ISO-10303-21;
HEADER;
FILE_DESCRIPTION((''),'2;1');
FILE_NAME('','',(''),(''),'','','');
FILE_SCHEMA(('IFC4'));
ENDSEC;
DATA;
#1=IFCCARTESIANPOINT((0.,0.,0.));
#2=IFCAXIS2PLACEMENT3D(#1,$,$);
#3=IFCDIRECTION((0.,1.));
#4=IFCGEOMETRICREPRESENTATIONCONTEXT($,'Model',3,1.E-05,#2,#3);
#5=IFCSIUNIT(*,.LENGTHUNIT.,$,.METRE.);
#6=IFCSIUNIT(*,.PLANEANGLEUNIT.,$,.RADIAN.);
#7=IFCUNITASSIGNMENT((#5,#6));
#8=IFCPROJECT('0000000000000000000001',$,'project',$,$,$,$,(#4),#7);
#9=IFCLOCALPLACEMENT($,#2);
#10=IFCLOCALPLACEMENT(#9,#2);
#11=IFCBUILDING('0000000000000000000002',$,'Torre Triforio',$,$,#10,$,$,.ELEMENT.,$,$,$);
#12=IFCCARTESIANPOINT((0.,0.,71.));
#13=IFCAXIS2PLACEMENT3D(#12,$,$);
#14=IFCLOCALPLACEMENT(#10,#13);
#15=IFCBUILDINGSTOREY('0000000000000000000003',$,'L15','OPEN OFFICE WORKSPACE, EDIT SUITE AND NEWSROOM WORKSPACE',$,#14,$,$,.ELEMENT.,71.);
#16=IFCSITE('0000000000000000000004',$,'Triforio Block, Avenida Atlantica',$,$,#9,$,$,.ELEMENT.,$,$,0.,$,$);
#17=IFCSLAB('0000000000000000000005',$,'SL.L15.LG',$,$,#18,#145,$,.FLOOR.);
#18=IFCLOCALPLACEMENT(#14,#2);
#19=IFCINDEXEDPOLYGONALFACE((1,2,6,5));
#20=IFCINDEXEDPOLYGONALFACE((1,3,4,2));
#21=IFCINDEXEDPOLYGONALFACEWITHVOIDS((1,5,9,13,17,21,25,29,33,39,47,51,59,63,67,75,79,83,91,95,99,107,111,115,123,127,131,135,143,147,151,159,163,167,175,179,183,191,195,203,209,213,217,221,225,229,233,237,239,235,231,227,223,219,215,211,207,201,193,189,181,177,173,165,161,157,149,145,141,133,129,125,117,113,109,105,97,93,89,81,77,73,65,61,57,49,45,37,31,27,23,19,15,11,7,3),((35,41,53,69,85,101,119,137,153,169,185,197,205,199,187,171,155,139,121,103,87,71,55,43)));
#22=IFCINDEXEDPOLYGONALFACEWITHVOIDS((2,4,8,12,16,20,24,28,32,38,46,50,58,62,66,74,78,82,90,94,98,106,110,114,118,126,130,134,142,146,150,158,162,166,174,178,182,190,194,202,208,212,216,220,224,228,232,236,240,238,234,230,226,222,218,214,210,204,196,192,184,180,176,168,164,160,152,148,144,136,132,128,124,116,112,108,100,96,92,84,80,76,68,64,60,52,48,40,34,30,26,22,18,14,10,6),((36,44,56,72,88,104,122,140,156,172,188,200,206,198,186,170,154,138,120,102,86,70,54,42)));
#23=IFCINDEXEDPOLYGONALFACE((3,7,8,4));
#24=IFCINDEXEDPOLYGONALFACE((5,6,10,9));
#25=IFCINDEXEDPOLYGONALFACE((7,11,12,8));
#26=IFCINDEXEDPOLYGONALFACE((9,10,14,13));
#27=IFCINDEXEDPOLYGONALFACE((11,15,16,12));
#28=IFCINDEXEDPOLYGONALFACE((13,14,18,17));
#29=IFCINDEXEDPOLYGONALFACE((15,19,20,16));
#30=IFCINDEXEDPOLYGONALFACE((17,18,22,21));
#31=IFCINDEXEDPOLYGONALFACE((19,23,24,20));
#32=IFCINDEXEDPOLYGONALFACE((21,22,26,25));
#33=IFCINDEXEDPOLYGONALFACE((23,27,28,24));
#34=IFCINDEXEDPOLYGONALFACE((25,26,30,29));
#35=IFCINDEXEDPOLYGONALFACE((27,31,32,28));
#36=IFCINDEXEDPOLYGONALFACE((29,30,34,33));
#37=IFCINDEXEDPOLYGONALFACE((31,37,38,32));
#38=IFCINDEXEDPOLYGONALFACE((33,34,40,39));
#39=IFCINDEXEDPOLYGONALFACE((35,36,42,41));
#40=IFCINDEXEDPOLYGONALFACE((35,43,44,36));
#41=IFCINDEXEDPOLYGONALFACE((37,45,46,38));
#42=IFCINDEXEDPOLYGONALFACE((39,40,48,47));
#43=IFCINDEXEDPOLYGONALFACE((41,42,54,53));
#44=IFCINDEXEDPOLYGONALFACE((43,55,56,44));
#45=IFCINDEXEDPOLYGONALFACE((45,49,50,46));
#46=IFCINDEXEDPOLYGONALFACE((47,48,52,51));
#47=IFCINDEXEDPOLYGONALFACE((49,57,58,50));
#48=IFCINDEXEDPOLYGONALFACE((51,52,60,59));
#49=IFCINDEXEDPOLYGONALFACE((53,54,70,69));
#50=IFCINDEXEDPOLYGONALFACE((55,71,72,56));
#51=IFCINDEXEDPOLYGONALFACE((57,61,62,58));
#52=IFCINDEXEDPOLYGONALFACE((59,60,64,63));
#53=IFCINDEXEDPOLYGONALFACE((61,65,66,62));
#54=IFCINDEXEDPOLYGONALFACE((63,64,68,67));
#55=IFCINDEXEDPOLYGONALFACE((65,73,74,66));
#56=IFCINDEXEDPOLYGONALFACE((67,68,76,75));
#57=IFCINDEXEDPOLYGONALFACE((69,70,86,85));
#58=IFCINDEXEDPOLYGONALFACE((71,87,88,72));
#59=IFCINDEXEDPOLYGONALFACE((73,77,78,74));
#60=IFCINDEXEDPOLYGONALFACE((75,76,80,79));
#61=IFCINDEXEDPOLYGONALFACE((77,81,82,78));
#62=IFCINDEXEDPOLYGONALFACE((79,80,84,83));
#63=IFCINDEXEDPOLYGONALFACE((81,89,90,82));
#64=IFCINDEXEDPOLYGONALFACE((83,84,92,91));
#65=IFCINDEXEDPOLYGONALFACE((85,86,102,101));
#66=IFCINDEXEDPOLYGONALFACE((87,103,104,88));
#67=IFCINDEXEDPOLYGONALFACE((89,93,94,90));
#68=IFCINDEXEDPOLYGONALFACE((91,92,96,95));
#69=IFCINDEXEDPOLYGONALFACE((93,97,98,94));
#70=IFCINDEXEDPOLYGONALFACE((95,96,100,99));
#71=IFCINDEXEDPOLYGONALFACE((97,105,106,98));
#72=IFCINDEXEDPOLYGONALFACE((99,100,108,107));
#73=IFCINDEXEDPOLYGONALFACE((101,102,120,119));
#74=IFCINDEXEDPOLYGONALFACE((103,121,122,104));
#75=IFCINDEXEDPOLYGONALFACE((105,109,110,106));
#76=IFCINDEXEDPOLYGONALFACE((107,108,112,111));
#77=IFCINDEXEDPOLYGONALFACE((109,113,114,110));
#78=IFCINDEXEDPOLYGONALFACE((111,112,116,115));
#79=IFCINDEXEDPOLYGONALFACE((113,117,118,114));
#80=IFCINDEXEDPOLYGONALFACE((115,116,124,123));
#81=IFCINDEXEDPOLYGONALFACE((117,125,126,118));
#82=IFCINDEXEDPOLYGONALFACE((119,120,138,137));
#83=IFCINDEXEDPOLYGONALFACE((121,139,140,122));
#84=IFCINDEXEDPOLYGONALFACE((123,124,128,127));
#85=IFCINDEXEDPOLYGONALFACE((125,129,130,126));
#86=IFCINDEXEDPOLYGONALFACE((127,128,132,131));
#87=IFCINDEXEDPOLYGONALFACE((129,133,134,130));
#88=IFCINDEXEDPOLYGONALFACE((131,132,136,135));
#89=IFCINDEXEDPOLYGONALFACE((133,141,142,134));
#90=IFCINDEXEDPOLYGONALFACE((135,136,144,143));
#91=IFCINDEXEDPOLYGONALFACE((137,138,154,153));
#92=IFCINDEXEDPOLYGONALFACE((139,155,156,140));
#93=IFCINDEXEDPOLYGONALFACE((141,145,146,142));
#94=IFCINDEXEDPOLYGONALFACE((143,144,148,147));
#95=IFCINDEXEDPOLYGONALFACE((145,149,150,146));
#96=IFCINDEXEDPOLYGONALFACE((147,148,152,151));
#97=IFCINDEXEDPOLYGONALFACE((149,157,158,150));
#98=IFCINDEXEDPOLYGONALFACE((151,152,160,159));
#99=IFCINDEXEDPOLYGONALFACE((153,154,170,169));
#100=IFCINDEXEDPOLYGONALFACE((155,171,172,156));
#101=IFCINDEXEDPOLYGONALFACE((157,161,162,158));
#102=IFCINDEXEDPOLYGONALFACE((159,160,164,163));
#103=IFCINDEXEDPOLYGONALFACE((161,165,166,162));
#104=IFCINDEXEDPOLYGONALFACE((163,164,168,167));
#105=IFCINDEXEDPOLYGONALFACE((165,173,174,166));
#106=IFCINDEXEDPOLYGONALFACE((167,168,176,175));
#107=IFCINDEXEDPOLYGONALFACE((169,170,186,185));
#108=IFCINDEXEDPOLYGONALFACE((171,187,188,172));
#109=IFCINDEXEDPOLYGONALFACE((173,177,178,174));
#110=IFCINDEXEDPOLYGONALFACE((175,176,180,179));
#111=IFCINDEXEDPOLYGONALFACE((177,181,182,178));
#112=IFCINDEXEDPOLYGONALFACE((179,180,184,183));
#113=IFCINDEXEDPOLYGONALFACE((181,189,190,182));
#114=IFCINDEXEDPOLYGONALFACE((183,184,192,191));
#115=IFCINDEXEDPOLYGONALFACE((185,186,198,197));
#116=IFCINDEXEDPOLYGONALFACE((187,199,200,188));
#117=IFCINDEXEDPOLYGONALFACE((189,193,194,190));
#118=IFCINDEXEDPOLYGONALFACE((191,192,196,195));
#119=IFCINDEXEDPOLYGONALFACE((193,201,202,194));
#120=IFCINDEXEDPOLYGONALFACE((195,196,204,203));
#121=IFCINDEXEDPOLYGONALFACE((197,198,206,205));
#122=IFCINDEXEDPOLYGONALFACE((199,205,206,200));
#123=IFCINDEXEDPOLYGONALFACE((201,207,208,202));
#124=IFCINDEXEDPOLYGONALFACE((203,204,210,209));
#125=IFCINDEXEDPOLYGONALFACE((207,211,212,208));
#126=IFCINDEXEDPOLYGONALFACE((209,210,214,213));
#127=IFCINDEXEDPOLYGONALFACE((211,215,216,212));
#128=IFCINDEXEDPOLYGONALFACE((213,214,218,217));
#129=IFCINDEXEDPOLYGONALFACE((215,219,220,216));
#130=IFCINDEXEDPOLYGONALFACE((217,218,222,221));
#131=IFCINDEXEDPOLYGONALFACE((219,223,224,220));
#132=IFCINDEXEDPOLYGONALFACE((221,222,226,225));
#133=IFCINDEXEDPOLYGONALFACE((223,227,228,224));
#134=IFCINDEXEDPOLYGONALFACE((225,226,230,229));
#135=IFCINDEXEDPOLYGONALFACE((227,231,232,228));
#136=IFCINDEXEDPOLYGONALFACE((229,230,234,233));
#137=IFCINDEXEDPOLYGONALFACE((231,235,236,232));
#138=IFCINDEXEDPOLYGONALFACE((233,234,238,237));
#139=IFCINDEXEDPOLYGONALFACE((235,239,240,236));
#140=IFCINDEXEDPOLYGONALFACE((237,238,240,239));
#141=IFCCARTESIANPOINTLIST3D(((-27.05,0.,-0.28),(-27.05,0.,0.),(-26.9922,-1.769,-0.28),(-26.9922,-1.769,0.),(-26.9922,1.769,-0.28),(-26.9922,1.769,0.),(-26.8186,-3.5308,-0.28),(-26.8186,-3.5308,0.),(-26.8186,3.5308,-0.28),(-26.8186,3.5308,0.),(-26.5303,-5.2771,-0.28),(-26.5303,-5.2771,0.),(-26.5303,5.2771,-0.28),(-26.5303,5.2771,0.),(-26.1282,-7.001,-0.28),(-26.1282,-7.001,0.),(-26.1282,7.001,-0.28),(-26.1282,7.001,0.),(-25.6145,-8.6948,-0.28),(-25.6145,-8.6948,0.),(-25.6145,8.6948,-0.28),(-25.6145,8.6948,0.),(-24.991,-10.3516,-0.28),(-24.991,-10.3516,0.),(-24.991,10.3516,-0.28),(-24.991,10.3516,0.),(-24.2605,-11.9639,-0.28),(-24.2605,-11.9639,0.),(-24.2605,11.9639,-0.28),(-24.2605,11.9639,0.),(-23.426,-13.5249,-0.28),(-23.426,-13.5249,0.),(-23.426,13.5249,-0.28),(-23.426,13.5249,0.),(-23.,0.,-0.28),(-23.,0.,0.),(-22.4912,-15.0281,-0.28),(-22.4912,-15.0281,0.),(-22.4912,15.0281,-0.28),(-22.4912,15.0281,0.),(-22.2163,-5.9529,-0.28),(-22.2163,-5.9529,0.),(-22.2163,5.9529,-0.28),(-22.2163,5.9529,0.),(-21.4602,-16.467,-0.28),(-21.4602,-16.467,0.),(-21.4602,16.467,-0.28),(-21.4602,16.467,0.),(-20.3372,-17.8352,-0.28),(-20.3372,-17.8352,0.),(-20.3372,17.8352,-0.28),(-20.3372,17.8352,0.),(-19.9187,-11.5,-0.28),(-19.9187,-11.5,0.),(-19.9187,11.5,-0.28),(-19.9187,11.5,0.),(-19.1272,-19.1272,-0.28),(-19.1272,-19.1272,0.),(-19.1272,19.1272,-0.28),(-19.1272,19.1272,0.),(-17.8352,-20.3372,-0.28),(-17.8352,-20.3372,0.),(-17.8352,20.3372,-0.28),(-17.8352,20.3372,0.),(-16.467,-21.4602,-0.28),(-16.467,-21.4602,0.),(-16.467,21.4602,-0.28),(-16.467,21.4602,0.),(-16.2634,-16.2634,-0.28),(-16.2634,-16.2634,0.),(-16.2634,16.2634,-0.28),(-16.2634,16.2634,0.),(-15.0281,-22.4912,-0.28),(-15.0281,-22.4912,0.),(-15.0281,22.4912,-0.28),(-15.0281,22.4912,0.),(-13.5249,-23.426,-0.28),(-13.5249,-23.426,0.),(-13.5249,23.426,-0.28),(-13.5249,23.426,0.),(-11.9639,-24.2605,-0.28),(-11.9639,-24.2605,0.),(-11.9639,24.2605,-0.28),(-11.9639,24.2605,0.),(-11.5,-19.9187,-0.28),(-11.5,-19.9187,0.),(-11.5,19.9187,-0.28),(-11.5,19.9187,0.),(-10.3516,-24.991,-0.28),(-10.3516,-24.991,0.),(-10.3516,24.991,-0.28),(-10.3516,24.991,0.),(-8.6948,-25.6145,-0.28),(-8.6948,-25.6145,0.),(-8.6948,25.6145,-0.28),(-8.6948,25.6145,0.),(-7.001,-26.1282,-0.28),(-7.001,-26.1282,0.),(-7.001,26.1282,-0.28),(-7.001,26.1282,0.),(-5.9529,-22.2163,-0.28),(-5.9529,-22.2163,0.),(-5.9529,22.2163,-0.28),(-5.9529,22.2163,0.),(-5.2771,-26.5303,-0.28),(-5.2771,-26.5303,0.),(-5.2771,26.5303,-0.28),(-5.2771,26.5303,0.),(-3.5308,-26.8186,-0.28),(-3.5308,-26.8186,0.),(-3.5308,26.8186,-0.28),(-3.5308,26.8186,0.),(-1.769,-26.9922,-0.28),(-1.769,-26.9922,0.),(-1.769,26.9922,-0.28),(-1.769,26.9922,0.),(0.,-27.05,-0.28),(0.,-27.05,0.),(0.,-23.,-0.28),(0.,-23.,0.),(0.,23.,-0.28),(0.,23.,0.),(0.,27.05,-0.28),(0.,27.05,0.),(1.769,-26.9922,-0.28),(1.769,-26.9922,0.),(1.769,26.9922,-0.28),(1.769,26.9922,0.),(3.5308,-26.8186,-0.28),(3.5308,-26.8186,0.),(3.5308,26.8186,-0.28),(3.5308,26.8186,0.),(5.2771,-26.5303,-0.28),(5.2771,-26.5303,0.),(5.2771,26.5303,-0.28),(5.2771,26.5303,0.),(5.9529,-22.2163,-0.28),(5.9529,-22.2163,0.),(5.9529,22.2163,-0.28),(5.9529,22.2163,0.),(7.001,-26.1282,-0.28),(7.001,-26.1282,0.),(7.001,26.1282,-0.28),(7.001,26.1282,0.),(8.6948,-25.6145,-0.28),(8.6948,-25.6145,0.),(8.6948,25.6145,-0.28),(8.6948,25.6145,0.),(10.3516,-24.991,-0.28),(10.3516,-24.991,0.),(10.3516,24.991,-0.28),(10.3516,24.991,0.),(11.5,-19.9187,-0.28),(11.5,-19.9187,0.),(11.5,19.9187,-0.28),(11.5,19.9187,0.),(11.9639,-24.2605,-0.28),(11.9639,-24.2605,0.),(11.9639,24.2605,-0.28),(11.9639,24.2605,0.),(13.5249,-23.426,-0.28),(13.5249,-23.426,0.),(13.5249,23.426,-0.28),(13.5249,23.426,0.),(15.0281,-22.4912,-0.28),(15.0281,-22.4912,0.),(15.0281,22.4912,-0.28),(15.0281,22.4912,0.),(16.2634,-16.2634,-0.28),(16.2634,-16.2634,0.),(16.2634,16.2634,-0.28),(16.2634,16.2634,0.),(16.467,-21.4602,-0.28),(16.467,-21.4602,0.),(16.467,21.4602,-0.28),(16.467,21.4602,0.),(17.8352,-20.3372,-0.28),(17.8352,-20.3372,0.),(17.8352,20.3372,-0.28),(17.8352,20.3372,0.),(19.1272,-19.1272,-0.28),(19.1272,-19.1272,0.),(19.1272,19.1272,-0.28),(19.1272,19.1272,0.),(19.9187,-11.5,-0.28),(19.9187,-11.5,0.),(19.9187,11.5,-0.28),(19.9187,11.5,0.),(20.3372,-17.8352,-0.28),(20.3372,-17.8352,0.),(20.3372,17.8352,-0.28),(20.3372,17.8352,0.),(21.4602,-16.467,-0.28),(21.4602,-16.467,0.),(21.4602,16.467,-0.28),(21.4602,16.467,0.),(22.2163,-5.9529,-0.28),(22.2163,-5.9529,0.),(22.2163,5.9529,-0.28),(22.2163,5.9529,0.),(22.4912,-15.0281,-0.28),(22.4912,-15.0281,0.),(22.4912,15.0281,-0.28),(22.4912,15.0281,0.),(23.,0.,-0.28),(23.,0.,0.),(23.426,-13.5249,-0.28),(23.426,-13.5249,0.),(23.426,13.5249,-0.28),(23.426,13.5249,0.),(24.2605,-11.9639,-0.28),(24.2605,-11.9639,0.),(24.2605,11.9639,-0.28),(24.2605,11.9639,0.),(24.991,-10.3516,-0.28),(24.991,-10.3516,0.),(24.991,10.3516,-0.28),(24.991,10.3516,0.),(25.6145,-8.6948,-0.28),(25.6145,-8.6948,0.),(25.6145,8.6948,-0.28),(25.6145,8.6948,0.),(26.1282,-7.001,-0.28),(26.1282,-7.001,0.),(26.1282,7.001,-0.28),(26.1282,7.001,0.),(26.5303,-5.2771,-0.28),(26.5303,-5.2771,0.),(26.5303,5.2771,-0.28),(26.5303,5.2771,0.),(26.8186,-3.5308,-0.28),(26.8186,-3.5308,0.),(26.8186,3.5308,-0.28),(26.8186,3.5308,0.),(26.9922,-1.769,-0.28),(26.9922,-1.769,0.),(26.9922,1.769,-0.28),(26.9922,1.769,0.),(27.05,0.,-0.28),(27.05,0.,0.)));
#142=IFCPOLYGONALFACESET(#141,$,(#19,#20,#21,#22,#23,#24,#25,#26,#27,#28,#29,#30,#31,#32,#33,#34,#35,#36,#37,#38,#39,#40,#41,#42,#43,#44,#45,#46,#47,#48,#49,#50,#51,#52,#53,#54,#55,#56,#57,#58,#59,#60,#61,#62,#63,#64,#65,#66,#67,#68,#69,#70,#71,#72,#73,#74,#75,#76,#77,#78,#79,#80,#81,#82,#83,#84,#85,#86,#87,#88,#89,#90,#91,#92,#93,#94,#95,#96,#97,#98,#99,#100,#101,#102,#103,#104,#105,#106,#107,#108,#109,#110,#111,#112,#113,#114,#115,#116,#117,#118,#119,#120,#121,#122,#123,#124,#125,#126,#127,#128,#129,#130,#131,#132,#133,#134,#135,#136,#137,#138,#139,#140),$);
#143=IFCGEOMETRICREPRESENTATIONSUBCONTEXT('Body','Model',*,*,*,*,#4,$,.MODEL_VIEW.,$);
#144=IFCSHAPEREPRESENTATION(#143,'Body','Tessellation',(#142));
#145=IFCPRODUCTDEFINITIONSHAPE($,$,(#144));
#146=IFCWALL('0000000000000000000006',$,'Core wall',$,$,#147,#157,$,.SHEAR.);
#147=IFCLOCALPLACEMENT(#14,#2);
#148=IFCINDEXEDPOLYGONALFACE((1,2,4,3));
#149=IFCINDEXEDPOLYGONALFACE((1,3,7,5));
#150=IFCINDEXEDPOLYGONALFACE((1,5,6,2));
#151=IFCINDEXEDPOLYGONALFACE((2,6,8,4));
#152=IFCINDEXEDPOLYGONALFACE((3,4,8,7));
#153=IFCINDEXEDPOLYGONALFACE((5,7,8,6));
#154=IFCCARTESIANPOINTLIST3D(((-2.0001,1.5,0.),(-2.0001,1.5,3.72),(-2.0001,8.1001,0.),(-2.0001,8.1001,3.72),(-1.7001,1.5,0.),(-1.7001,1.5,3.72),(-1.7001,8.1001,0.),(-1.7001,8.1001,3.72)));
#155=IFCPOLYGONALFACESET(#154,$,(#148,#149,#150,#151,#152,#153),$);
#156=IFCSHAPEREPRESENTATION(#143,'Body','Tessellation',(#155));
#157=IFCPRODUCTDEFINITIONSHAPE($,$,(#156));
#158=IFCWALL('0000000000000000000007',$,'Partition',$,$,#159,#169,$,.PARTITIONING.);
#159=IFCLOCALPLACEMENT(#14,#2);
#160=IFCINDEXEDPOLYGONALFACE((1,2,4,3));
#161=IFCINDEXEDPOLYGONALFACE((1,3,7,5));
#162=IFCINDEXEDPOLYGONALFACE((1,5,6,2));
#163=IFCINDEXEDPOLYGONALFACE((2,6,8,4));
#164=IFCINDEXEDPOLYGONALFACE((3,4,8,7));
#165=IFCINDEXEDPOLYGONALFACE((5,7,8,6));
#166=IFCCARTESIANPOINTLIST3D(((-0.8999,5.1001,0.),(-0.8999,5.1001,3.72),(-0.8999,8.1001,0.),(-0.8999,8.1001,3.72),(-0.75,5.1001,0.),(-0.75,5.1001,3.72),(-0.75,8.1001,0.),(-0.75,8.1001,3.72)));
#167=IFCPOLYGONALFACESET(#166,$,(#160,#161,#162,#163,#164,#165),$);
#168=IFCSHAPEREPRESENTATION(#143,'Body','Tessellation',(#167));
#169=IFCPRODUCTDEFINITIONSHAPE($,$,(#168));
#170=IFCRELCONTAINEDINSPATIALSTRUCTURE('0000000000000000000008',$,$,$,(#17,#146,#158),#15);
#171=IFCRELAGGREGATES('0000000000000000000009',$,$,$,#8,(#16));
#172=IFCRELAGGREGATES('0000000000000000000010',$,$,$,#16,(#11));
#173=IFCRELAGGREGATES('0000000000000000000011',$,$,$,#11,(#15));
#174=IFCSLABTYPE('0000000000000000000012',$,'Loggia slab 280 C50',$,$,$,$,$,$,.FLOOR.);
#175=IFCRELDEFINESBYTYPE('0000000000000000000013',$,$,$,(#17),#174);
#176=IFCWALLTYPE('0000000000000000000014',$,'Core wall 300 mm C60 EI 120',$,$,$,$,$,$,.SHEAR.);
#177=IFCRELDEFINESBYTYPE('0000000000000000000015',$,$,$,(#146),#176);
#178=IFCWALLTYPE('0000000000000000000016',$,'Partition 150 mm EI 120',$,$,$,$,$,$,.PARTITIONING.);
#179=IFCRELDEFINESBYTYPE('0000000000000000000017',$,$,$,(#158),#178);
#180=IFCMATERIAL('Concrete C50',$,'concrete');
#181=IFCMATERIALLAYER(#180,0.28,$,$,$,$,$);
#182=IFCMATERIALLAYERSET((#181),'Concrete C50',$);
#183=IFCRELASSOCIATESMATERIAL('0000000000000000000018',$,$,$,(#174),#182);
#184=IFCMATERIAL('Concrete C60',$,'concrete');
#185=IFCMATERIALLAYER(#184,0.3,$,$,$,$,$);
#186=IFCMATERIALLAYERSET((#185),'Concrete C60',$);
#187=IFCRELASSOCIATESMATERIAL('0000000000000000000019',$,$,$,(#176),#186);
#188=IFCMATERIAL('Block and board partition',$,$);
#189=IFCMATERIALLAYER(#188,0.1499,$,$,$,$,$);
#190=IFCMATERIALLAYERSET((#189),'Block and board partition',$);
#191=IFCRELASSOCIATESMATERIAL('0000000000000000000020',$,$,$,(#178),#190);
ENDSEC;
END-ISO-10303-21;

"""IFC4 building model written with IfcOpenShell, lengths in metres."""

from ifc_helpers import new_model, si_unit, direction, frame, frame_2d, origin, place, context, subcontext, project, spatial, polyline, rectangle, outline, extrude, material, layer, layer_set, type_object, element, save


model = new_model("IFC4")

# Units and contexts
model_context = context("Model", 3, precision=1e-05, world=origin(), true_north=direction((0.0, 1.0)))
body_context = subcontext(model_context, "Body", "Model", "MODEL_VIEW")
ifc_project = project(units=[si_unit("LENGTHUNIT", "METRE"), si_unit("PLANEANGLEUNIT", "RADIAN")], contexts=[model_context])

# Site, building, storey
site_placement = place(None, origin())
site = spatial("IfcSite", under=ifc_project, at=site_placement, Name="Triforio Block, Avenida Atlantica", CompositionType="ELEMENT", RefElevation=0.0)
building_placement = place(site_placement, origin())
building = spatial("IfcBuilding", under=site, at=building_placement, Name="Torre Triforio", CompositionType="ELEMENT")
storey_placement = place(building_placement, frame((0.0, 0.0, 71.0)))
storey = spatial("IfcBuildingStorey", under=building, at=storey_placement, Name="L15", Description="OPEN OFFICE WORKSPACE, EDIT SUITE AND NEWSROOM WORKSPACE", CompositionType="ELEMENT", Elevation=71.0)

# Slab
ifc_material_1 = material(Name="Concrete C50", Category="concrete")
ifc_layer_1 = layer(ifc_material_1, 0.28)
ifc_layer_set_1 = layer_set([ifc_layer_1], Name="Concrete C50")
slab_type_1 = type_object("IfcSlabType", Name="Loggia slab 280 C50", PredefinedType="FLOOR", material=ifc_layer_set_1)
slab_1_placement = place(storey_placement, frame((0.0, 0.0, -0.28)))
element("IfcSlab", 1, at=slab_1_placement, inside=storey, type_object=slab_type_1, Name="SL.L15.LG", PredefinedType="FLOOR", context=body_context, shape_type="SweptSolid", body=[
    extrude(outline(polyline([(26.9922, -1.769), (27.05, 0.0), (26.9922, 1.769), (26.8186, 3.5308), (26.5303, 5.2771), (26.1282, 7.001), (25.6145, 8.6948), (24.991, 10.3516), (24.2605, 11.9639), (23.426, 13.5249), (22.4912, 15.0281), (21.4602, 16.467), (20.3372, 17.8352), (19.1272, 19.1272), (17.8352, 20.3372), (16.467, 21.4602), (15.0281, 22.4912), (13.5249, 23.426), (11.9639, 24.2605), (10.3516, 24.991), (8.6948, 25.6145), (7.001, 26.1282), (5.2771, 26.5303), (3.5308, 26.8186), (1.769, 26.9922), (0.0, 27.05), (-1.769, 26.9922), (-3.5308, 26.8186), (-5.2771, 26.5303), (-7.001, 26.1282), (-8.6948, 25.6145), (-10.3516, 24.991), (-11.9639, 24.2605), (-13.5249, 23.426), (-15.0281, 22.4912), (-16.467, 21.4602), (-17.8352, 20.3372), (-19.1272, 19.1272), (-20.3372, 17.8352), (-21.4602, 16.467), (-22.4912, 15.0281), (-23.426, 13.5249), (-24.2605, 11.9639), (-24.991, 10.3516), (-25.6145, 8.6948), (-26.1282, 7.001), (-26.5303, 5.2771), (-26.8186, 3.5308), (-26.9922, 1.769), (-27.05, 0.0), (-26.9922, -1.769), (-26.8186, -3.5308), (-26.5303, -5.2771), (-26.1282, -7.001), (-25.6145, -8.6948), (-24.991, -10.3516), (-24.2605, -11.9639), (-23.426, -13.5249), (-22.4912, -15.0281), (-21.4602, -16.467), (-20.3372, -17.8352), (-19.1272, -19.1272), (-17.8352, -20.3372), (-16.467, -21.4602), (-15.0281, -22.4912), (-13.5249, -23.426), (-11.9639, -24.2605), (-10.3516, -24.991), (-8.6948, -25.6145), (-7.001, -26.1282), (-5.2771, -26.5303), (-3.5308, -26.8186), (-1.769, -26.9922), (0.0, -27.05), (1.769, -26.9922), (3.5308, -26.8186), (5.2771, -26.5303), (7.001, -26.1282), (8.6948, -25.6145), (10.3516, -24.991), (11.9639, -24.2605), (13.5249, -23.426), (15.0281, -22.4912), (16.467, -21.4602), (17.8352, -20.3372), (19.1272, -19.1272), (20.3372, -17.8352), (21.4602, -16.467), (22.4912, -15.0281), (23.426, -13.5249), (24.2605, -11.9639), (24.991, -10.3516), (25.6145, -8.6948), (26.1282, -7.001), (26.5303, -5.2771), (26.8186, -3.5308), (26.9922, -1.769)]), holes=[polyline([(22.2163, 5.9529), (23.0, 0.0), (22.2163, -5.9529), (19.9187, -11.5), (16.2634, -16.2634), (11.5, -19.9187), (5.9529, -22.2163), (0.0, -23.0), (-5.9529, -22.2163), (-11.5, -19.9187), (-16.2634, -16.2634), (-19.9187, -11.5), (-22.2163, -5.9529), (-23.0, 0.0), (-22.2163, 5.9529), (-19.9187, 11.5), (-16.2634, 16.2634), (-11.5, 19.9187), (-5.9529, 22.2163), (0.0, 23.0), (5.9529, 22.2163), (11.5, 19.9187), (16.2634, 16.2634), (19.9187, 11.5), (22.2163, 5.9529)])]), origin(), (0.0, 0.0, 1.0), 0.28),
])

# Walls
ifc_material_2 = material(Name="Concrete C60", Category="concrete")
ifc_layer_2 = layer(ifc_material_2, 0.3)
ifc_layer_set_2 = layer_set([ifc_layer_2], Name="Concrete C60")
wall_type_1 = type_object("IfcWallType", Name="Core wall 300 mm C60 EI 120", PredefinedType="SHEAR", material=ifc_layer_set_2)
wall_1_placement = place(storey_placement, frame((-1.8501, 1.5, 0.0), z_axis=(0.0, 0.0, 1.0), x_axis=(0.0, 1.0, 0.0)))
element("IfcWall", 2, at=wall_1_placement, inside=storey, type_object=wall_type_1, Name="Core wall", PredefinedType="SHEAR", context=body_context, shape_type="SweptSolid", body=[
    extrude(rectangle(XDim=6.6001, YDim=0.3, at=frame_2d((3.3, 0.0))), origin(), (0.0, 0.0, 1.0), 3.72),
])
ifc_material_3 = material(Name="Block and board partition")
ifc_layer_3 = layer(ifc_material_3, 0.1499)
ifc_layer_set_3 = layer_set([ifc_layer_3], Name="Block and board partition")
wall_type_2 = type_object("IfcWallType", Name="Partition 150 mm EI 120", PredefinedType="PARTITIONING", material=ifc_layer_set_3)
wall_2_placement = place(storey_placement, frame((-0.825, 5.1001, 0.0), z_axis=(0.0, 0.0, 1.0), x_axis=(0.0, 1.0, 0.0)))
element("IfcWall", 3, at=wall_2_placement, inside=storey, type_object=wall_type_2, Name="Partition", PredefinedType="PARTITIONING", context=body_context, shape_type="SweptSolid", body=[
    extrude(rectangle(XDim=3.0, YDim=0.1499, at=frame_2d((1.5, 0.0))), origin(), (0.0, 0.0, 1.0), 3.72),
])

save(model, "model.ifc")
